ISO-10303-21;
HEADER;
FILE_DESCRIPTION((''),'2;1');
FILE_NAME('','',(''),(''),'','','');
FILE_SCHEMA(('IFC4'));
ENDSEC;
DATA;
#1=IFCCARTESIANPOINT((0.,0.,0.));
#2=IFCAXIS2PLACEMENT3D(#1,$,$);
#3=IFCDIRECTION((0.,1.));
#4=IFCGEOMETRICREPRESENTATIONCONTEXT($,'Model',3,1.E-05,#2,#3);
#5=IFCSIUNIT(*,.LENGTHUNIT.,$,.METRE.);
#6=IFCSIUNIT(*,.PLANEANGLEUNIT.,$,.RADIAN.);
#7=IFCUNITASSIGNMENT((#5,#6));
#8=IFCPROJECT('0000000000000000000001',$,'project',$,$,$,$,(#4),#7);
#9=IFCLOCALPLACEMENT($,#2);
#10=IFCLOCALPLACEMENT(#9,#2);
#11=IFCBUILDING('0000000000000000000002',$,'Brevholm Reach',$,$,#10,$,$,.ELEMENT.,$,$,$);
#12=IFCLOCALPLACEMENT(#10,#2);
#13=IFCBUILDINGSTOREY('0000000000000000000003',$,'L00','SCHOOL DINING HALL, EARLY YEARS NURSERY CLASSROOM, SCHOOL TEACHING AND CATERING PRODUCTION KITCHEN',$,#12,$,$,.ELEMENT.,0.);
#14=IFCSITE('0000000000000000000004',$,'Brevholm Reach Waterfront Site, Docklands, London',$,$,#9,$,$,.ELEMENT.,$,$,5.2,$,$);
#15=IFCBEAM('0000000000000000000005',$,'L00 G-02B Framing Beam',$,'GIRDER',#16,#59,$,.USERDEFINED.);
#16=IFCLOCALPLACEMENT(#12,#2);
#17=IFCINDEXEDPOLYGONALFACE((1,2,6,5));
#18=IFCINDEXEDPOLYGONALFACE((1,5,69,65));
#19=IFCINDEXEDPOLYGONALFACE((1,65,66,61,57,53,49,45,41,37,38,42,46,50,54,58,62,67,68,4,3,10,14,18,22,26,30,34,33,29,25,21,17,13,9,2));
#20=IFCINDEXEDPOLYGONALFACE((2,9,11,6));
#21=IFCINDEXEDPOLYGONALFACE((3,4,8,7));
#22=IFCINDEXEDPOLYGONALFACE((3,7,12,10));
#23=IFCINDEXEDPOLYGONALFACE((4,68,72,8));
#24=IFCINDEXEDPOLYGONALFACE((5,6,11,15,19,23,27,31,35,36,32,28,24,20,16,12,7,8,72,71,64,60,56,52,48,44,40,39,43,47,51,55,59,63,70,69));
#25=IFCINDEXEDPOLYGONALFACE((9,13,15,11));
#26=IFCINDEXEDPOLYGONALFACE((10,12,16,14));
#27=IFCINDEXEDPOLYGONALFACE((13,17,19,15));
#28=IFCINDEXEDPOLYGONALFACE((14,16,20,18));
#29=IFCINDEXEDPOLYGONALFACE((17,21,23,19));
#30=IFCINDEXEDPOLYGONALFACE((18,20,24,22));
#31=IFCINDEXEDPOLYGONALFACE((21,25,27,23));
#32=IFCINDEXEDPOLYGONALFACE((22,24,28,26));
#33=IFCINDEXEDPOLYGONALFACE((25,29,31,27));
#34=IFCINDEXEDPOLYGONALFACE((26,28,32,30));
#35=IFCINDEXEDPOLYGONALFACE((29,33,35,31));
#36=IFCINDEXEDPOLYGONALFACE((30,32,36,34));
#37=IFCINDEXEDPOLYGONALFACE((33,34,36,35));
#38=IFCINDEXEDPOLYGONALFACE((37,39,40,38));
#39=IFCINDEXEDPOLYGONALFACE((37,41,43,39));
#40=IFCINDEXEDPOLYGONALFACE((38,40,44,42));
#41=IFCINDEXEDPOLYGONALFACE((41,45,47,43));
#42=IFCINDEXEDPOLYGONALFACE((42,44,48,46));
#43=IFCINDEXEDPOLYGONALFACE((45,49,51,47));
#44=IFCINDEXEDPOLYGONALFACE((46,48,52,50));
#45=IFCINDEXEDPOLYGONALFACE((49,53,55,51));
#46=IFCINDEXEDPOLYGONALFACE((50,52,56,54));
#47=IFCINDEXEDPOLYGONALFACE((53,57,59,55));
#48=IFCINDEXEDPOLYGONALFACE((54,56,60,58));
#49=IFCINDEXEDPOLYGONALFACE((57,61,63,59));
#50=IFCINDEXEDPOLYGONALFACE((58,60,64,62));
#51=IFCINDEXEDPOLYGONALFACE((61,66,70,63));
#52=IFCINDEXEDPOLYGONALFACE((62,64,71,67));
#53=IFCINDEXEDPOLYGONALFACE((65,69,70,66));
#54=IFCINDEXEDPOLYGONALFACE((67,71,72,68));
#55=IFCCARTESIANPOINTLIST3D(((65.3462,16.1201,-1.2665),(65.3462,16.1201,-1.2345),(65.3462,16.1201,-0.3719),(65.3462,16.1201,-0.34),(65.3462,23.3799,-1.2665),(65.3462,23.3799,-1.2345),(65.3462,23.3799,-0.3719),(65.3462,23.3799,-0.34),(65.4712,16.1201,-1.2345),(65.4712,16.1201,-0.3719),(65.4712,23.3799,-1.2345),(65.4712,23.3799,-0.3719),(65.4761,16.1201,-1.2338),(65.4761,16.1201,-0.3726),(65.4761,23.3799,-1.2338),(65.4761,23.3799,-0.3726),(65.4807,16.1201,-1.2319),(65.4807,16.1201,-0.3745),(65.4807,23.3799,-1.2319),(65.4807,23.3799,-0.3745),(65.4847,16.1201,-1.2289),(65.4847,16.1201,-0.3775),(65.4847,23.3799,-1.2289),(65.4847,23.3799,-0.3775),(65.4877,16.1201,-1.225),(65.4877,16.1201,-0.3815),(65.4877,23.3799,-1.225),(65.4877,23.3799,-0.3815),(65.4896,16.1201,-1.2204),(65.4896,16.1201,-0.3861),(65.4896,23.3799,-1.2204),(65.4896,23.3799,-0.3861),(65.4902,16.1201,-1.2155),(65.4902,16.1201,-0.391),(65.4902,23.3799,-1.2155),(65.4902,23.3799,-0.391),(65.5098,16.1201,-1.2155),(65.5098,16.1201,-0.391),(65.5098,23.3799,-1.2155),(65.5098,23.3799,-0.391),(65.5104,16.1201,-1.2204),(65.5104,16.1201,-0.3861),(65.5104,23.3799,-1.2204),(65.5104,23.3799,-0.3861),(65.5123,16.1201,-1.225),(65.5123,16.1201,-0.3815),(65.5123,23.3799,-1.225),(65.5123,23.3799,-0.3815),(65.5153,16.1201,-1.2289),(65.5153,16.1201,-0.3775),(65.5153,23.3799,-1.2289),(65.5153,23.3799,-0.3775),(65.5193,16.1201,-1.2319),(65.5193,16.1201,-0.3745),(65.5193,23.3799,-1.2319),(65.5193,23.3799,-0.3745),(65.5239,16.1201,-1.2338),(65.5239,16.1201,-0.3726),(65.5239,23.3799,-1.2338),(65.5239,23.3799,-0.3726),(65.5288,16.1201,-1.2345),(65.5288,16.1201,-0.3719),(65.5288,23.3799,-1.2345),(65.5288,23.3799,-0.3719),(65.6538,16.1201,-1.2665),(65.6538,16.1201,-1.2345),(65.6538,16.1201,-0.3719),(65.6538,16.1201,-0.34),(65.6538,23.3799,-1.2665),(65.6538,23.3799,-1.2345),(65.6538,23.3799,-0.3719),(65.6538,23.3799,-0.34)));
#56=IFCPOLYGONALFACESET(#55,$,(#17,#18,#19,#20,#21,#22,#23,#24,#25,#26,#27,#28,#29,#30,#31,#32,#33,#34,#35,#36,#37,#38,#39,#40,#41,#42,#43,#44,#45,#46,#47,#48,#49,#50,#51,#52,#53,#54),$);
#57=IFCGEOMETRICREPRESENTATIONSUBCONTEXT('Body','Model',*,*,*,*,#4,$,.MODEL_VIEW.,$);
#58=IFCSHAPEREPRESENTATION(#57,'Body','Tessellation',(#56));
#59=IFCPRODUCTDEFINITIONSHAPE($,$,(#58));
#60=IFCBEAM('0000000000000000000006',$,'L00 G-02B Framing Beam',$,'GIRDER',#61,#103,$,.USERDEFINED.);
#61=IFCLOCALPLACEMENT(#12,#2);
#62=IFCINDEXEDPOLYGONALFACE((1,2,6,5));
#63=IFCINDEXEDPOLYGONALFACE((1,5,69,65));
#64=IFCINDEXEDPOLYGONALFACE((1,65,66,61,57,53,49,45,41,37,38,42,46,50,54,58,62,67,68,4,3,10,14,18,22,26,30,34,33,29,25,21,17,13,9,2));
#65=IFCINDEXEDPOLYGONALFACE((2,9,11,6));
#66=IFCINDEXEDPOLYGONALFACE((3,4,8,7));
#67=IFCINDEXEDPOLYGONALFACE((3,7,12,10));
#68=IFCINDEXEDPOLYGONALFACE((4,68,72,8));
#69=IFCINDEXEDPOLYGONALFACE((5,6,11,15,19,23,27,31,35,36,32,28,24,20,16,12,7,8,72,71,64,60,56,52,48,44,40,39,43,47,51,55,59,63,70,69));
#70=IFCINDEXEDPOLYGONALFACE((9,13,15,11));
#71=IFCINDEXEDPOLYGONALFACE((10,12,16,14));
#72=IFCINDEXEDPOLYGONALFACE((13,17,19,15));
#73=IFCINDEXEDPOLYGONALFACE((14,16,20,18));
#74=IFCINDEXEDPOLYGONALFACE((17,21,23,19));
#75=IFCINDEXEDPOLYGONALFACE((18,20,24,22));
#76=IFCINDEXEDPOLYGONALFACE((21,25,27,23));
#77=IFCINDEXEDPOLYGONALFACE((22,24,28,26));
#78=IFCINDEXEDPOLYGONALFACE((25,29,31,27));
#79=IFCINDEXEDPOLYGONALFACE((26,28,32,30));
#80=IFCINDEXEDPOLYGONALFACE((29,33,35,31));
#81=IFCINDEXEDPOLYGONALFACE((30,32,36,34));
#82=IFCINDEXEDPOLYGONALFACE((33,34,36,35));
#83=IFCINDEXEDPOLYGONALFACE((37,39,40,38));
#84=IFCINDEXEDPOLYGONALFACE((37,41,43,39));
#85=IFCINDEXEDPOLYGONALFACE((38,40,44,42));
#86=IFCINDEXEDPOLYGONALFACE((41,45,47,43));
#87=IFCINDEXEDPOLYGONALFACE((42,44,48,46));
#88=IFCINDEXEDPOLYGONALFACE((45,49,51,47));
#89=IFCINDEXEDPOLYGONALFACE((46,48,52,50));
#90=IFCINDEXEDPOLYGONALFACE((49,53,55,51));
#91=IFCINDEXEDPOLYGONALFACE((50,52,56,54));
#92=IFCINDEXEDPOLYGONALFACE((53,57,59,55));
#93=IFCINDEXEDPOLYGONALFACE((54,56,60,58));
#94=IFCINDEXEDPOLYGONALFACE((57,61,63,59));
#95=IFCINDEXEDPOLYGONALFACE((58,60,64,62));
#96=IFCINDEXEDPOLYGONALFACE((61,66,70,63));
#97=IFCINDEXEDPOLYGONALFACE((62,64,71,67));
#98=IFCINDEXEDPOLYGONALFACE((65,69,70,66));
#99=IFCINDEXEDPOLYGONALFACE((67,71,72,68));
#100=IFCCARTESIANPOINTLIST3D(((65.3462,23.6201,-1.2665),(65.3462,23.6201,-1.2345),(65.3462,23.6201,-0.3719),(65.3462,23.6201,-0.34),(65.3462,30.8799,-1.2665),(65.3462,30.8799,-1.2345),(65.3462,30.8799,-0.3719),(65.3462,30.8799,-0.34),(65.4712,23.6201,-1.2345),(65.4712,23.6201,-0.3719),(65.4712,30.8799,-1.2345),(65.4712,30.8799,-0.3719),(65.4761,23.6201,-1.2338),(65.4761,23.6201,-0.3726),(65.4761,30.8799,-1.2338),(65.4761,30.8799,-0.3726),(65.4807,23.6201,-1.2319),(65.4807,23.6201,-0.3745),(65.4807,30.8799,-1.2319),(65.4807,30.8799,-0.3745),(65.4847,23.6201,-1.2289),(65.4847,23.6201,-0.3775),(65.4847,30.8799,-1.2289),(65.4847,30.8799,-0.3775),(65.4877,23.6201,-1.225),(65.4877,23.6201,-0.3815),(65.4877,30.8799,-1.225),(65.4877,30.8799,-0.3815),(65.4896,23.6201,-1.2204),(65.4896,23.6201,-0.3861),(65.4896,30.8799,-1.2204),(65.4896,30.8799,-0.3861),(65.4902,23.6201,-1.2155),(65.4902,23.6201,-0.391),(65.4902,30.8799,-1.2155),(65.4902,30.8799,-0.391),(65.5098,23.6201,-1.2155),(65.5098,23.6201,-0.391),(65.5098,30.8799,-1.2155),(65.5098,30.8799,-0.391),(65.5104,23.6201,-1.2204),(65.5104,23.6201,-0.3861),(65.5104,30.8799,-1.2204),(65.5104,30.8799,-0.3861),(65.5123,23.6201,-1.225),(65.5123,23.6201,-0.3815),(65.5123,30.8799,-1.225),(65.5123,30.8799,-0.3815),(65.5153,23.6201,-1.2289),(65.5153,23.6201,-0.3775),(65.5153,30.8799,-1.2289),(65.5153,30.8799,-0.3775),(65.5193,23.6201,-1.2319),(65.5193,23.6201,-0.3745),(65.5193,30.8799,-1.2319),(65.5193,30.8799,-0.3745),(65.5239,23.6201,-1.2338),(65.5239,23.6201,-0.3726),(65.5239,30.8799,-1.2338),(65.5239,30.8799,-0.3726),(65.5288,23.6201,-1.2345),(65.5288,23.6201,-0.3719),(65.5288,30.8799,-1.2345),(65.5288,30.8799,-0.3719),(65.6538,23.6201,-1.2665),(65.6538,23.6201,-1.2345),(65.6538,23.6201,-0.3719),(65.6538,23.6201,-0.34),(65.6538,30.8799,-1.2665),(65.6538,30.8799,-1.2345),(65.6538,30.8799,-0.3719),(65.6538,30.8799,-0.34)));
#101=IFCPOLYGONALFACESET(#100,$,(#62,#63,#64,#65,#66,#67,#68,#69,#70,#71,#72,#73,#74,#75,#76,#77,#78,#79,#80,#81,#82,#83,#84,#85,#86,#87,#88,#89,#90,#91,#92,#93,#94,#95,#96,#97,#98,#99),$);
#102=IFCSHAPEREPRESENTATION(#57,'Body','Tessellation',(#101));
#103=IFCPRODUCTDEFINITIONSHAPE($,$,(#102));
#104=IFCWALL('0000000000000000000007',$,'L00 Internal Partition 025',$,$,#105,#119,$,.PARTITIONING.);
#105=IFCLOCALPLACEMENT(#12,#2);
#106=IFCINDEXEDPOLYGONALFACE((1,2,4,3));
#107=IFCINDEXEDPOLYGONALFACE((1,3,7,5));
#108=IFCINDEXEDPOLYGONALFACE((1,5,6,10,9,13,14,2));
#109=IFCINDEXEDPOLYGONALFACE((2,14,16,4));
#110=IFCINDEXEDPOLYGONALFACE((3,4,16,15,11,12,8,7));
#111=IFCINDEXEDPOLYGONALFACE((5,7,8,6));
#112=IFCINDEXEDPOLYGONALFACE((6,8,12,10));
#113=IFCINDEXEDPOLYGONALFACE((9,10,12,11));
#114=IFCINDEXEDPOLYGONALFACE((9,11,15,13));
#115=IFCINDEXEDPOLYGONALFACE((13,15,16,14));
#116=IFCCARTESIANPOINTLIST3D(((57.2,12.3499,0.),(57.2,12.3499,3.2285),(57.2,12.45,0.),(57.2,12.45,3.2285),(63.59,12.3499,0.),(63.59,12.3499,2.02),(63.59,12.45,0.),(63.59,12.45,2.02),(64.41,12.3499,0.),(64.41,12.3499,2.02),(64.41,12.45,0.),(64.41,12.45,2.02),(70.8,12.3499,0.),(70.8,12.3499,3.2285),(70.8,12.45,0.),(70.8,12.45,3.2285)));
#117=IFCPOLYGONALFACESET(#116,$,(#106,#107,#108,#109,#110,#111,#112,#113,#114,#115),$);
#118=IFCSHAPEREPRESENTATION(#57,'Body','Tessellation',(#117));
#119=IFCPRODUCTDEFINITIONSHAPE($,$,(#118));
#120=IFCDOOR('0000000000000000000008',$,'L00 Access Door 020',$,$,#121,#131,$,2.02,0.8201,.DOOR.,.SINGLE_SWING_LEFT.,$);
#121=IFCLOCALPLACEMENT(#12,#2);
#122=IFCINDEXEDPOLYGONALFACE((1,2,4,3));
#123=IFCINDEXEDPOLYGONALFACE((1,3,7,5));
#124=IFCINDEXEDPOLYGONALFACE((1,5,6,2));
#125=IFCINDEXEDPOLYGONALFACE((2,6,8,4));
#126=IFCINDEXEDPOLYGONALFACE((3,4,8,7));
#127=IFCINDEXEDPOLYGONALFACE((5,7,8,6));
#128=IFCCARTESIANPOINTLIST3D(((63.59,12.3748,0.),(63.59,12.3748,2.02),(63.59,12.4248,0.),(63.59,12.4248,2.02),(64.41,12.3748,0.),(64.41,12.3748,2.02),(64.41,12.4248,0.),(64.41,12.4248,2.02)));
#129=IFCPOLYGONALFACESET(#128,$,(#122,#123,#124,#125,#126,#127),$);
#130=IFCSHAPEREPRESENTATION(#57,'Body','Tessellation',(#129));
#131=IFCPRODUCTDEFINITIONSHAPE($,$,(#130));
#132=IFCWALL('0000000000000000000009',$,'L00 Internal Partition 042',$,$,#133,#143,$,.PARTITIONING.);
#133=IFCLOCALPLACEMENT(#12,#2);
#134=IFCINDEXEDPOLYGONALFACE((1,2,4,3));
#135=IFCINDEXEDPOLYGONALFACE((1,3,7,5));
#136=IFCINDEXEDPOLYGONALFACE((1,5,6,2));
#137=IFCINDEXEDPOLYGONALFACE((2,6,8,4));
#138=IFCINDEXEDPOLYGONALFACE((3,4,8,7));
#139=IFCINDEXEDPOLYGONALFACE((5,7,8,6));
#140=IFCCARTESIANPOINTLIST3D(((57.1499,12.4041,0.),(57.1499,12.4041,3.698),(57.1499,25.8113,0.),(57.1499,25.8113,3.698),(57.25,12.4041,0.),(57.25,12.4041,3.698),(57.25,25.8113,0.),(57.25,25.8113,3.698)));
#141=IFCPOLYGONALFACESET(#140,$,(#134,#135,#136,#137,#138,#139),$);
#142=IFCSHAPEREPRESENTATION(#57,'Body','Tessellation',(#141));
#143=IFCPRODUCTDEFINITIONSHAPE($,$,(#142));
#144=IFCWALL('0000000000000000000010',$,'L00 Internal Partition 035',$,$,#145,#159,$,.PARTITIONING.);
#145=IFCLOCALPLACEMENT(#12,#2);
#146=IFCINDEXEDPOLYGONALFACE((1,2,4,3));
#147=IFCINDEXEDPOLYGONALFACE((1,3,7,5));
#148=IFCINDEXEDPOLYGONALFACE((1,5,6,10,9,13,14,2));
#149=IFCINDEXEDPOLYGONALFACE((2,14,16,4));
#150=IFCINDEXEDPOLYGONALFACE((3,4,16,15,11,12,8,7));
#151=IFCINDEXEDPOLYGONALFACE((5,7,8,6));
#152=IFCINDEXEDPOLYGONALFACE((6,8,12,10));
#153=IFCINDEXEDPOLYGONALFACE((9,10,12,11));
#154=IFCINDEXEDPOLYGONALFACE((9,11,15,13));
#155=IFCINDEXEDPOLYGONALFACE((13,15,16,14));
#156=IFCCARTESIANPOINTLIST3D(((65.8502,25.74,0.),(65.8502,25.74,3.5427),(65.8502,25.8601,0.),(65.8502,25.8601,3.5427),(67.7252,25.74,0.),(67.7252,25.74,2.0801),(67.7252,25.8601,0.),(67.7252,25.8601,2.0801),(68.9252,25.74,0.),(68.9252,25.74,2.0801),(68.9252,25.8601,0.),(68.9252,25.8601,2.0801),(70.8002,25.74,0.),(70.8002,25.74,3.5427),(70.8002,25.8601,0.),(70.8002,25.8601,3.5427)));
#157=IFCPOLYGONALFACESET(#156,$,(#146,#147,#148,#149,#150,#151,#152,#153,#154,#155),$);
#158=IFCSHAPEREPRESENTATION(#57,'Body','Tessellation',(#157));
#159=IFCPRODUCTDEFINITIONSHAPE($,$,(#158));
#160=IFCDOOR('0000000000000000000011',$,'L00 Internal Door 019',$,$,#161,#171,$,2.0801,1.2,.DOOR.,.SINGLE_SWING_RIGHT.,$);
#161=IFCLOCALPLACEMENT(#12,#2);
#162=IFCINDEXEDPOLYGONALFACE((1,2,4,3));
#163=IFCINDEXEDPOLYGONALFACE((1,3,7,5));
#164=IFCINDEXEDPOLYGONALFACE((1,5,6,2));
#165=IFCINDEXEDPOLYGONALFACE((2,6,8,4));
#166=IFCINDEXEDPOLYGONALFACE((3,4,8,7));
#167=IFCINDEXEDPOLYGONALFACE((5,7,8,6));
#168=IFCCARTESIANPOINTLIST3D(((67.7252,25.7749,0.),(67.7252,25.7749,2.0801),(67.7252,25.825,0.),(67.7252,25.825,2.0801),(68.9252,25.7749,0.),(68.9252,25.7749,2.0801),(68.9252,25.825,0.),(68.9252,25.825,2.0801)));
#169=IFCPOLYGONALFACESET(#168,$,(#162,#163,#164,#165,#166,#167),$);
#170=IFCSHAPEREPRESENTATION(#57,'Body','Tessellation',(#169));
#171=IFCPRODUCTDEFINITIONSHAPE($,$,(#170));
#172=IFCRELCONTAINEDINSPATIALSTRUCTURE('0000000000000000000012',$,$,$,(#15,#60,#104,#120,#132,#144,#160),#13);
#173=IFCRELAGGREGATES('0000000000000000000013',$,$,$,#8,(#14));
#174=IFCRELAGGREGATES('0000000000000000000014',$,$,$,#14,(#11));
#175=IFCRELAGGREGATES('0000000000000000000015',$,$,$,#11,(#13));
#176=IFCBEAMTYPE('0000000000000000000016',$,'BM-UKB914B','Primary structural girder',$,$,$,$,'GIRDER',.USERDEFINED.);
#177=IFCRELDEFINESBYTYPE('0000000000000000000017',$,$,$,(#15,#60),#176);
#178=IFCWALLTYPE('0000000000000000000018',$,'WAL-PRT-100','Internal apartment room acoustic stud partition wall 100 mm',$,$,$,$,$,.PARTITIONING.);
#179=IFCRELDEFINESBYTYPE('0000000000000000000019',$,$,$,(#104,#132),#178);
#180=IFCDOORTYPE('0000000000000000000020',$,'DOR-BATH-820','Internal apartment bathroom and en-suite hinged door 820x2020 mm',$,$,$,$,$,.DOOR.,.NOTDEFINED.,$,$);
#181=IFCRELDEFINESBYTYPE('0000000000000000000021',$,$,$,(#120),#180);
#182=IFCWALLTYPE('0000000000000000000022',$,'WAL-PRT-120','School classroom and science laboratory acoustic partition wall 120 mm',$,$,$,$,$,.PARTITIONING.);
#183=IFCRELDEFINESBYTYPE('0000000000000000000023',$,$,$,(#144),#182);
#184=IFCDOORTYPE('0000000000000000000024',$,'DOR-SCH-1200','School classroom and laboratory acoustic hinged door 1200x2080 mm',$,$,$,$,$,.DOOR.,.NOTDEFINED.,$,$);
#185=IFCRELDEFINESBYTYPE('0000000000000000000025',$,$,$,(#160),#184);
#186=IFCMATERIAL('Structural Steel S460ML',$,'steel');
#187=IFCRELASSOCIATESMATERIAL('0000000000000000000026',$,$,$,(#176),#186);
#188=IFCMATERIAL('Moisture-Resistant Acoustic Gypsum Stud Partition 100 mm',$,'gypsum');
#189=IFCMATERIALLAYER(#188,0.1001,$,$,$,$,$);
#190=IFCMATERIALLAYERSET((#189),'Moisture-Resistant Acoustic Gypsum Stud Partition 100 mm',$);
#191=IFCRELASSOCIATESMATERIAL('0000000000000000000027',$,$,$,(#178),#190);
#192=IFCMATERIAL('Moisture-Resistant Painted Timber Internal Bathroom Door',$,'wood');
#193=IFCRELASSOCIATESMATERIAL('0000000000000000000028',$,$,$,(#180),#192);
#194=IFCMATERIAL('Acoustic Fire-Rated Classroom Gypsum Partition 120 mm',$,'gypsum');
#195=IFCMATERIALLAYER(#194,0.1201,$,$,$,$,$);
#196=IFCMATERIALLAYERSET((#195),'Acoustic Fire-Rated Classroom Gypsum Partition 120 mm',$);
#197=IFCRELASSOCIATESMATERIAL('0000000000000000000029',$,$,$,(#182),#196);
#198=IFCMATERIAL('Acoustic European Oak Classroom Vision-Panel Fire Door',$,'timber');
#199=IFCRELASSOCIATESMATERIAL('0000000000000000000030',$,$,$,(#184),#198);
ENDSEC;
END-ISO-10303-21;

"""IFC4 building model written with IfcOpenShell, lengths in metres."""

from ifc_helpers import new_model, si_unit, direction, frame, frame_2d, origin, origin_2d, place, context, subcontext, project, spatial, rectangle, i_section, extrude, material, layer, layer_set, material_profile, profile_set, type_object, element, fill, save


model = new_model("IFC4")

# Units and contexts
model_context = context("Model", 3, precision=1e-05, world=origin(), true_north=direction((0.0, 1.0)))
body_context = subcontext(model_context, "Body", "Model", "MODEL_VIEW")
ifc_project = project(units=[si_unit("LENGTHUNIT", "METRE"), si_unit("PLANEANGLEUNIT", "RADIAN")], contexts=[model_context])

# Site, building, storey
site_placement = place(None, origin())
site = spatial("IfcSite", under=ifc_project, at=site_placement, Name="Brevholm Reach Waterfront Site, Docklands, London", CompositionType="ELEMENT", RefElevation=5.2)
building_placement = place(site_placement, origin())
building = spatial("IfcBuilding", under=site, at=building_placement, Name="Brevholm Reach", CompositionType="ELEMENT")
storey_placement = place(building_placement, origin())
storey = spatial("IfcBuildingStorey", under=building, at=storey_placement, Name="L00", Description="SCHOOL DINING HALL, EARLY YEARS NURSERY CLASSROOM, SCHOOL TEACHING AND CATERING PRODUCTION KITCHEN", CompositionType="ELEMENT", Elevation=0.0)

# Beams
ifc_material_1 = material(Name="Structural Steel S460ML", Category="steel")
ifc_material_profile_1 = material_profile(ifc_material_1, i_section(OverallWidth=0.3076, OverallDepth=0.9265, WebThickness=0.0195, FlangeThickness=0.032, FilletRadius=0.019, at=origin_2d()), Name="UKB 914x305x289")
ifc_profile_set_1 = profile_set([ifc_material_profile_1], Name="Structural Steel S460ML")
beam_type_1 = type_object("IfcBeamType", Name="BM-UKB914B", Description="Primary structural girder", ElementType="GIRDER", PredefinedType="USERDEFINED", material=ifc_profile_set_1)
for number, where, z_axis, x_axis, name in (
    (1, (65.5, 16.1201, -0.8032), (0.0, 1.0, 0.0), (-1.0, 0.0, 0.0), "L00 G-02B Framing Beam"),
    (2, (65.5, 23.6201, -0.8032), (0.0, 1.0, 0.0), (-1.0, 0.0, 0.0), "L00 G-02B Framing Beam"),
):
    element("IfcBeam", number, at=place(storey_placement, frame(where, z_axis=z_axis, x_axis=x_axis)), inside=storey, type_object=beam_type_1, Name=name, ObjectType="GIRDER", PredefinedType="USERDEFINED", context=body_context, shape_type="SweptSolid", body=[
        extrude(i_section(OverallWidth=0.3076, OverallDepth=0.9265, WebThickness=0.0195, FlangeThickness=0.032, FilletRadius=0.019, at=origin_2d()), origin(), (0.0, 0.0, 1.0), 7.2598),
    ])

# Wall, opening, door
ifc_material_2 = material(Name="Moisture-Resistant Acoustic Gypsum Stud Partition 100 mm", Category="gypsum")
ifc_layer_1 = layer(ifc_material_2, 0.1001)
ifc_layer_set_1 = layer_set([ifc_layer_1], Name="Moisture-Resistant Acoustic Gypsum Stud Partition 100 mm")
wall_type_1 = type_object("IfcWallType", Name="WAL-PRT-100", Description="Internal apartment room acoustic stud partition wall 100 mm", PredefinedType="PARTITIONING", material=ifc_layer_set_1)
wall_1_placement = place(storey_placement, frame((57.2, 12.3999, 0.0), z_axis=(0.0, 0.0, 1.0), x_axis=(1.0, 0.0, 0.0)))
wall_1 = element("IfcWall", 3, at=wall_1_placement, inside=storey, type_object=wall_type_1, Name="L00 Internal Partition 025", PredefinedType="PARTITIONING", context=body_context, shape_type="SweptSolid", body=[
    extrude(rectangle(XDim=13.6001, YDim=0.1001, at=frame_2d((6.8, 0.0))), origin(), (0.0, 0.0, 1.0), 3.2285),
])
opening_1_placement = place(wall_1_placement, frame((6.3899, 0.0, 0.0)))
opening_1 = element("IfcOpeningElement", 4, at=opening_1_placement, cuts=wall_1, PredefinedType="OPENING", context=body_context, shape_type="SweptSolid", body=[
    extrude(rectangle(XDim=0.8201, YDim=2.02, at=frame_2d((0.4102, 1.01))), frame((0.0, 0.0601, 0.0), z_axis=(0.0, -1.0, 0.0), x_axis=(1.0, 0.0, 0.0)), (0.0, 0.0, 1.0), 0.1201),
])
ifc_material_3 = material(Name="Moisture-Resistant Painted Timber Internal Bathroom Door", Category="wood")
door_type_1 = type_object("IfcDoorType", Name="DOR-BATH-820", Description="Internal apartment bathroom and en-suite hinged door 820x2020 mm", OperationType="NOTDEFINED", PredefinedType="DOOR", material=ifc_material_3)
door_1_placement = place(opening_1_placement, origin())
door_1 = element("IfcDoor", 5, at=door_1_placement, inside=storey, type_object=door_type_1, Name="L00 Access Door 020", OperationType="SINGLE_SWING_LEFT", OverallHeight=2.02, OverallWidth=0.8201, PredefinedType="DOOR", context=body_context, shape_type="SweptSolid", body=[
    extrude(rectangle(XDim=0.8201, YDim=2.02, at=frame_2d((0.4102, 1.01))), frame((0.0, 0.0249, 0.0), z_axis=(0.0, -1.0, 0.0), x_axis=(1.0, 0.0, 0.0)), (0.0, 0.0, 1.0), 0.05),
])
fill(opening_1, door_1)

# Wall
wall_2_placement = place(storey_placement, frame((57.2, 12.4041, 0.0), z_axis=(0.0, 0.0, 1.0), x_axis=(0.0, 1.0, 0.0)))
element("IfcWall", 6, at=wall_2_placement, inside=storey, type_object=wall_type_1, Name="L00 Internal Partition 042", PredefinedType="PARTITIONING", context=body_context, shape_type="SweptSolid", body=[
    extrude(rectangle(XDim=13.4072, YDim=0.1001, at=frame_2d((6.7036, 0.0))), origin(), (0.0, 0.0, 1.0), 3.698),
])

# Wall, opening, door
ifc_material_4 = material(Name="Acoustic Fire-Rated Classroom Gypsum Partition 120 mm", Category="gypsum")
ifc_layer_2 = layer(ifc_material_4, 0.1201)
ifc_layer_set_2 = layer_set([ifc_layer_2], Name="Acoustic Fire-Rated Classroom Gypsum Partition 120 mm")
wall_type_2 = type_object("IfcWallType", Name="WAL-PRT-120", Description="School classroom and science laboratory acoustic partition wall 120 mm", PredefinedType="PARTITIONING", material=ifc_layer_set_2)
wall_3_placement = place(storey_placement, frame((65.8501, 25.8, 0.0), z_axis=(0.0, 0.0, 1.0), x_axis=(1.0, 0.0, 0.0)))
wall_3 = element("IfcWall", 7, at=wall_3_placement, inside=storey, type_object=wall_type_2, Name="L00 Internal Partition 035", PredefinedType="PARTITIONING", context=body_context, shape_type="SweptSolid", body=[
    extrude(rectangle(XDim=4.95, YDim=0.1201, at=frame_2d((2.4751, 0.0))), origin(), (0.0, 0.0, 1.0), 3.5427),
])
opening_2_placement = place(wall_3_placement, frame((1.875, 0.0, 0.0)))
opening_2 = element("IfcOpeningElement", 8, at=opening_2_placement, cuts=wall_3, PredefinedType="OPENING", context=body_context, shape_type="SweptSolid", body=[
    extrude(rectangle(XDim=1.2, YDim=2.0801, at=frame_2d((0.6001, 1.04))), frame((0.0, 0.0701, 0.0), z_axis=(0.0, -1.0, 0.0), x_axis=(1.0, 0.0, 0.0)), (0.0, 0.0, 1.0), 0.1401),
])
ifc_material_5 = material(Name="Acoustic European Oak Classroom Vision-Panel Fire Door", Category="timber")
door_type_2 = type_object("IfcDoorType", Name="DOR-SCH-1200", Description="School classroom and laboratory acoustic hinged door 1200x2080 mm", OperationType="NOTDEFINED", PredefinedType="DOOR", material=ifc_material_5)
door_2_placement = place(opening_2_placement, origin())
door_2 = element("IfcDoor", 9, at=door_2_placement, inside=storey, type_object=door_type_2, Name="L00 Internal Door 019", OperationType="SINGLE_SWING_RIGHT", OverallHeight=2.0801, OverallWidth=1.2, PredefinedType="DOOR", context=body_context, shape_type="SweptSolid", body=[
    extrude(rectangle(XDim=1.2, YDim=2.0801, at=frame_2d((0.6001, 1.04))), frame((0.0, 0.0249, 0.0), z_axis=(0.0, -1.0, 0.0), x_axis=(1.0, 0.0, 0.0)), (0.0, 0.0, 1.0), 0.05),
])
fill(opening_2, door_2)

save(model, "model.ifc")
